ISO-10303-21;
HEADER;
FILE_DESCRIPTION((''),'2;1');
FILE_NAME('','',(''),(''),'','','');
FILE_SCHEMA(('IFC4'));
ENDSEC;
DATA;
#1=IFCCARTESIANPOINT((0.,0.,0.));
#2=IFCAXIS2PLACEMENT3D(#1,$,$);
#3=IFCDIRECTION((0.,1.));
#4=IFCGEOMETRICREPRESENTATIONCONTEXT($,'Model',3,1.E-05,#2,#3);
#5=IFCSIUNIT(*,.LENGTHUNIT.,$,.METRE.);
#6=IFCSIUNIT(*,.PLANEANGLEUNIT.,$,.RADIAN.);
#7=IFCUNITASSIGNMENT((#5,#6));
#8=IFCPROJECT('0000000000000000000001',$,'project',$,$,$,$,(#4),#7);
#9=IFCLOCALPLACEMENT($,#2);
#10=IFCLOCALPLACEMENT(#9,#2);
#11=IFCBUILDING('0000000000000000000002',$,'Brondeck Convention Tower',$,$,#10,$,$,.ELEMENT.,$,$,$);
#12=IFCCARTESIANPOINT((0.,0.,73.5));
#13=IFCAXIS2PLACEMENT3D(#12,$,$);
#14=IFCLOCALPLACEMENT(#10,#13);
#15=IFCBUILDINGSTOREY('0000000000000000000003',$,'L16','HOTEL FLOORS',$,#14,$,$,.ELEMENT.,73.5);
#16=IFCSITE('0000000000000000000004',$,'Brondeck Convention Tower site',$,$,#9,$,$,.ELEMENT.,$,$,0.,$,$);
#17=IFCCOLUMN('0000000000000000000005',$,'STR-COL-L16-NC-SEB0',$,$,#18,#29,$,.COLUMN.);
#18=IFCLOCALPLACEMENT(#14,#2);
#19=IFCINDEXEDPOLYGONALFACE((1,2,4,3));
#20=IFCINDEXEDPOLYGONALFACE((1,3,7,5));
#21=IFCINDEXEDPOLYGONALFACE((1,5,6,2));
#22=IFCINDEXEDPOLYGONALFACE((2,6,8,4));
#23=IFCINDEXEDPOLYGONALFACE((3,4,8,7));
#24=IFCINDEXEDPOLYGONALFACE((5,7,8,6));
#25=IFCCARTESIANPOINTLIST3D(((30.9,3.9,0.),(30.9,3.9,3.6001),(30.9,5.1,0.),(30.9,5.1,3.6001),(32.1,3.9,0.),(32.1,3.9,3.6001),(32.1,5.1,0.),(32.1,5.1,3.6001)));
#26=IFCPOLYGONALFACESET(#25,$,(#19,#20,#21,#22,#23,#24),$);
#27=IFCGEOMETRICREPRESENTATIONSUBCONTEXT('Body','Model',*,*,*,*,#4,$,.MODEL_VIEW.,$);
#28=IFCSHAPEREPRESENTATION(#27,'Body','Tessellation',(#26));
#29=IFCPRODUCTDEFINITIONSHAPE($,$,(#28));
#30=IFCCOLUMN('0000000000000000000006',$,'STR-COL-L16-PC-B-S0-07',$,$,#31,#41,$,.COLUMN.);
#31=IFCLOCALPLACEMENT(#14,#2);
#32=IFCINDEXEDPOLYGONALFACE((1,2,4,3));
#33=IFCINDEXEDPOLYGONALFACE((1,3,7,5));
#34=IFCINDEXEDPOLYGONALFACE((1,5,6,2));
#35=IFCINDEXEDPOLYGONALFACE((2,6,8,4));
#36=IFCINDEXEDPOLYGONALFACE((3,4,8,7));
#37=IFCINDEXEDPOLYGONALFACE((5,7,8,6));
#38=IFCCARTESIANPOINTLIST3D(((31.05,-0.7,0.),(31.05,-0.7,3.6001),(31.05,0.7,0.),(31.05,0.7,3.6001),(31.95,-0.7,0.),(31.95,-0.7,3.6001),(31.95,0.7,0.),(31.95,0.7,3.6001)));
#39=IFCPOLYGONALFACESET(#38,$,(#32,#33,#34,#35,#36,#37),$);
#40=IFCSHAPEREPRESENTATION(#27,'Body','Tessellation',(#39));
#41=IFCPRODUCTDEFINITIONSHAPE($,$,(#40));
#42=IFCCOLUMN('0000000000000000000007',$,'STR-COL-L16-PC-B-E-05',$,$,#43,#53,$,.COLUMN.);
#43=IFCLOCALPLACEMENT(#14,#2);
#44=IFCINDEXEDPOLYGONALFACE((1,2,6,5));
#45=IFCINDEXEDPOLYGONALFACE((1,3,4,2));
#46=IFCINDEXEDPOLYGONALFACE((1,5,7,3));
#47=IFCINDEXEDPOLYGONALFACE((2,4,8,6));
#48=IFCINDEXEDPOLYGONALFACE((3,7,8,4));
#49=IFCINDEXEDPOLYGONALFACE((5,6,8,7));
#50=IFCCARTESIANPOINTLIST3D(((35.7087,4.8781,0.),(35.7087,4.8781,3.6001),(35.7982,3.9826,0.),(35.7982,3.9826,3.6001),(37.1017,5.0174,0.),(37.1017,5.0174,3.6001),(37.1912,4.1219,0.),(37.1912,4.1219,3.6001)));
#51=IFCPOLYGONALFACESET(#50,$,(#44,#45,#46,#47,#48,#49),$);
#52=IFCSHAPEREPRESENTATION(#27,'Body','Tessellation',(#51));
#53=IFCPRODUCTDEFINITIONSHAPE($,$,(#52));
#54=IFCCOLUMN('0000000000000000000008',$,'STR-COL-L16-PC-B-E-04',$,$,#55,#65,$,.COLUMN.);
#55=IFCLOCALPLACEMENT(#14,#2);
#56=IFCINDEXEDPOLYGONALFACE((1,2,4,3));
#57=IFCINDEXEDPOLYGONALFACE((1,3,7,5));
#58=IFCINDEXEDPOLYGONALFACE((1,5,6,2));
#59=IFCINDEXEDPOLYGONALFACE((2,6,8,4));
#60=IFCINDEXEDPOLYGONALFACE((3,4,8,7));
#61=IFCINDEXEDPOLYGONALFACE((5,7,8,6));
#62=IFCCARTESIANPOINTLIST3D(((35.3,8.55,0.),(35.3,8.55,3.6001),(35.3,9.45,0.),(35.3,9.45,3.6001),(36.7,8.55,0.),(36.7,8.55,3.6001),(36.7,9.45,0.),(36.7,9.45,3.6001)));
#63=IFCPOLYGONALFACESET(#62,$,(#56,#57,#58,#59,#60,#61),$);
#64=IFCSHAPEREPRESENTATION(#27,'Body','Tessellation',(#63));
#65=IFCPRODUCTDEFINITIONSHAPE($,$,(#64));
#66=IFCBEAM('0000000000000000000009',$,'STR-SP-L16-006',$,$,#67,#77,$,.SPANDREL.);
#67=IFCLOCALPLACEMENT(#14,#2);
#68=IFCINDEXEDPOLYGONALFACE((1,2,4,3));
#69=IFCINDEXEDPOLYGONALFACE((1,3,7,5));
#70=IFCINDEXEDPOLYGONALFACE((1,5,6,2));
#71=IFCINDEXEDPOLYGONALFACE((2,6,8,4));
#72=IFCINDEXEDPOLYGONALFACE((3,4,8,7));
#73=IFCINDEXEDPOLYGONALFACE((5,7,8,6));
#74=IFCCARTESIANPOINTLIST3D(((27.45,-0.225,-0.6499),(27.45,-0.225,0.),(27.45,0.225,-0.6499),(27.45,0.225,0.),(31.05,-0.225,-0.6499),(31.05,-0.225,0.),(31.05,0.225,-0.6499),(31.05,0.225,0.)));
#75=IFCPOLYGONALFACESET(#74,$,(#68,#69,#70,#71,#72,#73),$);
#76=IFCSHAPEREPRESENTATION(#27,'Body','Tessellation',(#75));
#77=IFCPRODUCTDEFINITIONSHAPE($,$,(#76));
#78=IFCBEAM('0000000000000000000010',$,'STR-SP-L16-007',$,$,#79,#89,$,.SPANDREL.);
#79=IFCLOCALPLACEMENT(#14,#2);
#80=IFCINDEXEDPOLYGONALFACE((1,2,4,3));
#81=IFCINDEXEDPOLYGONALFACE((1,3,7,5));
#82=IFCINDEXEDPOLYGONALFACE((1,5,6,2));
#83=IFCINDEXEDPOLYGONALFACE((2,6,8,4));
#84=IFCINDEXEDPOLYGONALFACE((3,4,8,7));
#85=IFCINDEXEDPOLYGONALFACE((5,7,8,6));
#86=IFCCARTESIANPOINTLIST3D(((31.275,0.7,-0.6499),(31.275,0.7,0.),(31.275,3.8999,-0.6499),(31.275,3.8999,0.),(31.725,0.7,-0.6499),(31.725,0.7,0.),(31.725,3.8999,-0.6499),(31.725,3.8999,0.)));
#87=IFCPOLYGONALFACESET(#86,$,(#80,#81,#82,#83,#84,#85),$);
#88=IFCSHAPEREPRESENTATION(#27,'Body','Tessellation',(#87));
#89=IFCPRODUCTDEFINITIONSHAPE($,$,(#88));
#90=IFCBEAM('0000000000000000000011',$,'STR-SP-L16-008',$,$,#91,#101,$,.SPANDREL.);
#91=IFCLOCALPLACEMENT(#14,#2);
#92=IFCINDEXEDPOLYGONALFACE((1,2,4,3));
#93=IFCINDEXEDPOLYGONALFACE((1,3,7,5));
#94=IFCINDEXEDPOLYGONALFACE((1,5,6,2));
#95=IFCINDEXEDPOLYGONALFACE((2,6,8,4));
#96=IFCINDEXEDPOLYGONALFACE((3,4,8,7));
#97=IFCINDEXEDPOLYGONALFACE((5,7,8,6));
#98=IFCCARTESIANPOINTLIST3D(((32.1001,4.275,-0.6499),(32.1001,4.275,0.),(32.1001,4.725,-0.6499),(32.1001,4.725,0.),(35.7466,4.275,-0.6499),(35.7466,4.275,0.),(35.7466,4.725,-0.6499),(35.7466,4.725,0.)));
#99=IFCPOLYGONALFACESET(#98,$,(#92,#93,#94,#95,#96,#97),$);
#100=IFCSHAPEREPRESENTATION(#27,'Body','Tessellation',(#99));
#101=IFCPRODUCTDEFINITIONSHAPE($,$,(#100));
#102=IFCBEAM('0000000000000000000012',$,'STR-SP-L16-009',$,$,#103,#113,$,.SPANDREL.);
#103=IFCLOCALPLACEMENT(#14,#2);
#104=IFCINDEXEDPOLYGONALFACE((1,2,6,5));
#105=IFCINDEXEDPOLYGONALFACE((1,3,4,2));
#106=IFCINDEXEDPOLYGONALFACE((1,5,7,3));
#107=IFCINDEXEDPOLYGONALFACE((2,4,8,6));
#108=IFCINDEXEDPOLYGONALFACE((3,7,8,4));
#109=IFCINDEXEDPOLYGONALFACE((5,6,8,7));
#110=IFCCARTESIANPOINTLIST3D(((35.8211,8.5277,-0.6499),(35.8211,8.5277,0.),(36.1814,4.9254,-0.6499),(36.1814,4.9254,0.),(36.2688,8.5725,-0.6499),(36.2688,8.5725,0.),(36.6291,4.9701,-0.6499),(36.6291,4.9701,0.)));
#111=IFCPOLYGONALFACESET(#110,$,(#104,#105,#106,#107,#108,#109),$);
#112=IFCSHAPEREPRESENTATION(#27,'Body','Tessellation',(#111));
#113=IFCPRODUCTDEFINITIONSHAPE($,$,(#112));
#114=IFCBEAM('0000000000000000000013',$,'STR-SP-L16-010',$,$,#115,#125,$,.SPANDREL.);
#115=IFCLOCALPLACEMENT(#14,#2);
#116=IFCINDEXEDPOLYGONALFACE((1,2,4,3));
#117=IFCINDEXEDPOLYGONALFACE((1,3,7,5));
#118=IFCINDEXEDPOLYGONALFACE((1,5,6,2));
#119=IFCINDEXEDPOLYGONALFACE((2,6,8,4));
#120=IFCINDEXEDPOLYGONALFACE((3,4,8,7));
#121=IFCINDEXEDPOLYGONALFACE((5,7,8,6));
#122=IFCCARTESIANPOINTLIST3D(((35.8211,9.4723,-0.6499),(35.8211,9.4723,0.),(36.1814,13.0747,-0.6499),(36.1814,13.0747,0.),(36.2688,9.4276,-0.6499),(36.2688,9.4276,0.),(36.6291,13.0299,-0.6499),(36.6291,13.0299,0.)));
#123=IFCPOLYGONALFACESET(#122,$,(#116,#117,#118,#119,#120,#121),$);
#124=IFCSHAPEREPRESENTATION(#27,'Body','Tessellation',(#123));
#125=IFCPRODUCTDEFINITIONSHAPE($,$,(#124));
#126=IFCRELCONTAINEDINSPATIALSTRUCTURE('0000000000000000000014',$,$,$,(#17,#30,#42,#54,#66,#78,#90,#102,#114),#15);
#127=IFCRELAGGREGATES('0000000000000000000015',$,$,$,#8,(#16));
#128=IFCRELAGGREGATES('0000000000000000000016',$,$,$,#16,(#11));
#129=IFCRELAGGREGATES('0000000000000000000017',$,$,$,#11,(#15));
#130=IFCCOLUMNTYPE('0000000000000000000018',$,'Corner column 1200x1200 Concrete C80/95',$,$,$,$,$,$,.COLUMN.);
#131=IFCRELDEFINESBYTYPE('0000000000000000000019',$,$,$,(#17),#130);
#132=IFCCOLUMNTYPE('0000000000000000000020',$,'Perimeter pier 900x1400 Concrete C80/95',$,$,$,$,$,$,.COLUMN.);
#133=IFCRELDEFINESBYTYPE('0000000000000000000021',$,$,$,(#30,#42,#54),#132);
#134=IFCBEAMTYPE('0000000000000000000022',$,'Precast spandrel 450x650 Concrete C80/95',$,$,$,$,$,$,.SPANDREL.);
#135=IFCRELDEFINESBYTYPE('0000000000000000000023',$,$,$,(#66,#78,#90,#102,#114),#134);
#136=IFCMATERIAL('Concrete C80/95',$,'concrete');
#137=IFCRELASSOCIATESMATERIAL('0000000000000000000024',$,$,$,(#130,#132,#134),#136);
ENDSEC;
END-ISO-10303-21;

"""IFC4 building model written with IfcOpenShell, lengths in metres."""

from ifc_helpers import new_model, si_unit, direction, frame, origin, origin_2d, place, context, subcontext, project, spatial, rectangle, extrude, material, material_profile, profile_set, type_object, element, save


model = new_model("IFC4")

# Units and contexts
model_context = context("Model", 3, precision=1e-05, world=origin(), true_north=direction((0.0, 1.0)))
body_context = subcontext(model_context, "Body", "Model", "MODEL_VIEW")
ifc_project = project(units=[si_unit("LENGTHUNIT", "METRE"), si_unit("PLANEANGLEUNIT", "RADIAN")], contexts=[model_context])

# Site, building, storey
site_placement = place(None, origin())
site = spatial("IfcSite", under=ifc_project, at=site_placement, Name="Brondeck Convention Tower site", CompositionType="ELEMENT", RefElevation=0.0)
building_placement = place(site_placement, origin())
building = spatial("IfcBuilding", under=site, at=building_placement, Name="Brondeck Convention Tower", CompositionType="ELEMENT")
storey_placement = place(building_placement, frame((0.0, 0.0, 73.5)))
storey = spatial("IfcBuildingStorey", under=building, at=storey_placement, Name="L16", Description="HOTEL FLOORS", CompositionType="ELEMENT", Elevation=73.5)

# Columns
ifc_material_1 = material(Name="Concrete C80/95", Category="concrete")
ifc_material_profile_1 = material_profile(ifc_material_1, rectangle(XDim=1.2, YDim=1.2, at=origin_2d()), Name="Corner column 1200x1200 Concrete C80/95")
ifc_profile_set_1 = profile_set([ifc_material_profile_1], Name="Concrete C80/95")
column_type_1 = type_object("IfcColumnType", Name="Corner column 1200x1200 Concrete C80/95", PredefinedType="COLUMN", material=ifc_profile_set_1)
column_placement = place(storey_placement, frame((31.5, 4.5, 0.0), z_axis=(0.0, 0.0, 1.0), x_axis=(1.0, 0.0, 0.0)))
element("IfcColumn", 1, at=column_placement, inside=storey, type_object=column_type_1, Name="STR-COL-L16-NC-SEB0", PredefinedType="COLUMN", context=body_context, shape_type="SweptSolid", body=[
    extrude(rectangle(XDim=1.2, YDim=1.2, at=origin_2d()), origin(), (0.0, 0.0, 1.0), 3.6001),
])
ifc_material_profile_2 = material_profile(ifc_material_1, rectangle(XDim=0.8999, YDim=1.3999, at=origin_2d()), Name="Perimeter pier 900x1400 Concrete C80/95")
ifc_profile_set_2 = profile_set([ifc_material_profile_2], Name="Concrete C80/95")
column_type_2 = type_object("IfcColumnType", Name="Perimeter pier 900x1400 Concrete C80/95", PredefinedType="COLUMN", material=ifc_profile_set_2)
for number, where, z_axis, x_axis, name in (
    (2, (31.5, 0.0, 0.0), (0.0, 0.0, 1.0), (1.0, 0.0, 0.0), "STR-COL-L16-PC-B-S0-07"),
    (3, (36.45, 4.5, 0.0), (0.0, 0.0, 1.0), (-0.099504, 0.995037, 0.0), "STR-COL-L16-PC-B-E-05"),
    (4, (36.0, 9.0, 0.0), (0.0, 0.0, 1.0), (0.0, 1.0, 0.0), "STR-COL-L16-PC-B-E-04"),
):
    element("IfcColumn", number, at=place(storey_placement, frame(where, z_axis=z_axis, x_axis=x_axis)), inside=storey, type_object=column_type_2, Name=name, PredefinedType="COLUMN", context=body_context, shape_type="SweptSolid", body=[
        extrude(rectangle(XDim=0.8999, YDim=1.3999, at=origin_2d()), origin(), (0.0, 0.0, 1.0), 3.6001),
    ])

# Beams
ifc_material_profile_3 = material_profile(ifc_material_1, rectangle(XDim=0.45, YDim=0.6499, at=origin_2d()), Name="Precast spandrel 450x650 Concrete C80/95")
ifc_profile_set_3 = profile_set([ifc_material_profile_3], Name="Concrete C80/95")
beam_type = type_object("IfcBeamType", Name="Precast spandrel 450x650 Concrete C80/95", PredefinedType="SPANDREL", material=ifc_profile_set_3)
beam_1_placement = place(storey_placement, frame((27.45, 0.0, -0.325), z_axis=(1.0, 0.0, 0.0), x_axis=(0.0, 1.0, 0.0)))
element("IfcBeam", 5, at=beam_1_placement, inside=storey, type_object=beam_type, Name="STR-SP-L16-006", PredefinedType="SPANDREL", context=body_context, shape_type="SweptSolid", body=[
    extrude(rectangle(XDim=0.45, YDim=0.6499, at=origin_2d()), origin(), (0.0, 0.0, 1.0), 3.6001),
])
beam_2_placement = place(storey_placement, frame((31.5, 0.7, -0.325), z_axis=(0.0, 1.0, 0.0), x_axis=(-1.0, 0.0, 0.0)))
element("IfcBeam", 6, at=beam_2_placement, inside=storey, type_object=beam_type, Name="STR-SP-L16-007", PredefinedType="SPANDREL", context=body_context, shape_type="SweptSolid", body=[
    extrude(rectangle(XDim=0.45, YDim=0.6499, at=origin_2d()), origin(), (0.0, 0.0, 1.0), 3.2),
])
beam_3_placement = place(storey_placement, frame((32.1001, 4.5, -0.325), z_axis=(1.0, 0.0, 0.0), x_axis=(0.0, 1.0, 0.0)))
element("IfcBeam", 7, at=beam_3_placement, inside=storey, type_object=beam_type, Name="STR-SP-L16-008", PredefinedType="SPANDREL", context=body_context, shape_type="SweptSolid", body=[
    extrude(rectangle(XDim=0.45, YDim=0.6499, at=origin_2d()), origin(), (0.0, 0.0, 1.0), 3.6465),
])
for number, where, z_axis, x_axis, name in (
    (8, (36.4053, 4.9478, -0.325), (-0.099537, 0.995034, 0.0), (-0.995034, -0.099537, 0.0), "STR-SP-L16-009"),
    (9, (36.0449, 9.45, -0.325), (0.099537, 0.995034, 0.0), (-0.995034, 0.099537, 0.0), "STR-SP-L16-010"),
):
    element("IfcBeam", number, at=place(storey_placement, frame(where, z_axis=z_axis, x_axis=x_axis)), inside=storey, type_object=beam_type, Name=name, PredefinedType="SPANDREL", context=body_context, shape_type="SweptSolid", body=[
        extrude(rectangle(XDim=0.45, YDim=0.6499, at=origin_2d()), origin(), (0.0, 0.0, 1.0), 3.6204),
    ])

save(model, "model.ifc")
